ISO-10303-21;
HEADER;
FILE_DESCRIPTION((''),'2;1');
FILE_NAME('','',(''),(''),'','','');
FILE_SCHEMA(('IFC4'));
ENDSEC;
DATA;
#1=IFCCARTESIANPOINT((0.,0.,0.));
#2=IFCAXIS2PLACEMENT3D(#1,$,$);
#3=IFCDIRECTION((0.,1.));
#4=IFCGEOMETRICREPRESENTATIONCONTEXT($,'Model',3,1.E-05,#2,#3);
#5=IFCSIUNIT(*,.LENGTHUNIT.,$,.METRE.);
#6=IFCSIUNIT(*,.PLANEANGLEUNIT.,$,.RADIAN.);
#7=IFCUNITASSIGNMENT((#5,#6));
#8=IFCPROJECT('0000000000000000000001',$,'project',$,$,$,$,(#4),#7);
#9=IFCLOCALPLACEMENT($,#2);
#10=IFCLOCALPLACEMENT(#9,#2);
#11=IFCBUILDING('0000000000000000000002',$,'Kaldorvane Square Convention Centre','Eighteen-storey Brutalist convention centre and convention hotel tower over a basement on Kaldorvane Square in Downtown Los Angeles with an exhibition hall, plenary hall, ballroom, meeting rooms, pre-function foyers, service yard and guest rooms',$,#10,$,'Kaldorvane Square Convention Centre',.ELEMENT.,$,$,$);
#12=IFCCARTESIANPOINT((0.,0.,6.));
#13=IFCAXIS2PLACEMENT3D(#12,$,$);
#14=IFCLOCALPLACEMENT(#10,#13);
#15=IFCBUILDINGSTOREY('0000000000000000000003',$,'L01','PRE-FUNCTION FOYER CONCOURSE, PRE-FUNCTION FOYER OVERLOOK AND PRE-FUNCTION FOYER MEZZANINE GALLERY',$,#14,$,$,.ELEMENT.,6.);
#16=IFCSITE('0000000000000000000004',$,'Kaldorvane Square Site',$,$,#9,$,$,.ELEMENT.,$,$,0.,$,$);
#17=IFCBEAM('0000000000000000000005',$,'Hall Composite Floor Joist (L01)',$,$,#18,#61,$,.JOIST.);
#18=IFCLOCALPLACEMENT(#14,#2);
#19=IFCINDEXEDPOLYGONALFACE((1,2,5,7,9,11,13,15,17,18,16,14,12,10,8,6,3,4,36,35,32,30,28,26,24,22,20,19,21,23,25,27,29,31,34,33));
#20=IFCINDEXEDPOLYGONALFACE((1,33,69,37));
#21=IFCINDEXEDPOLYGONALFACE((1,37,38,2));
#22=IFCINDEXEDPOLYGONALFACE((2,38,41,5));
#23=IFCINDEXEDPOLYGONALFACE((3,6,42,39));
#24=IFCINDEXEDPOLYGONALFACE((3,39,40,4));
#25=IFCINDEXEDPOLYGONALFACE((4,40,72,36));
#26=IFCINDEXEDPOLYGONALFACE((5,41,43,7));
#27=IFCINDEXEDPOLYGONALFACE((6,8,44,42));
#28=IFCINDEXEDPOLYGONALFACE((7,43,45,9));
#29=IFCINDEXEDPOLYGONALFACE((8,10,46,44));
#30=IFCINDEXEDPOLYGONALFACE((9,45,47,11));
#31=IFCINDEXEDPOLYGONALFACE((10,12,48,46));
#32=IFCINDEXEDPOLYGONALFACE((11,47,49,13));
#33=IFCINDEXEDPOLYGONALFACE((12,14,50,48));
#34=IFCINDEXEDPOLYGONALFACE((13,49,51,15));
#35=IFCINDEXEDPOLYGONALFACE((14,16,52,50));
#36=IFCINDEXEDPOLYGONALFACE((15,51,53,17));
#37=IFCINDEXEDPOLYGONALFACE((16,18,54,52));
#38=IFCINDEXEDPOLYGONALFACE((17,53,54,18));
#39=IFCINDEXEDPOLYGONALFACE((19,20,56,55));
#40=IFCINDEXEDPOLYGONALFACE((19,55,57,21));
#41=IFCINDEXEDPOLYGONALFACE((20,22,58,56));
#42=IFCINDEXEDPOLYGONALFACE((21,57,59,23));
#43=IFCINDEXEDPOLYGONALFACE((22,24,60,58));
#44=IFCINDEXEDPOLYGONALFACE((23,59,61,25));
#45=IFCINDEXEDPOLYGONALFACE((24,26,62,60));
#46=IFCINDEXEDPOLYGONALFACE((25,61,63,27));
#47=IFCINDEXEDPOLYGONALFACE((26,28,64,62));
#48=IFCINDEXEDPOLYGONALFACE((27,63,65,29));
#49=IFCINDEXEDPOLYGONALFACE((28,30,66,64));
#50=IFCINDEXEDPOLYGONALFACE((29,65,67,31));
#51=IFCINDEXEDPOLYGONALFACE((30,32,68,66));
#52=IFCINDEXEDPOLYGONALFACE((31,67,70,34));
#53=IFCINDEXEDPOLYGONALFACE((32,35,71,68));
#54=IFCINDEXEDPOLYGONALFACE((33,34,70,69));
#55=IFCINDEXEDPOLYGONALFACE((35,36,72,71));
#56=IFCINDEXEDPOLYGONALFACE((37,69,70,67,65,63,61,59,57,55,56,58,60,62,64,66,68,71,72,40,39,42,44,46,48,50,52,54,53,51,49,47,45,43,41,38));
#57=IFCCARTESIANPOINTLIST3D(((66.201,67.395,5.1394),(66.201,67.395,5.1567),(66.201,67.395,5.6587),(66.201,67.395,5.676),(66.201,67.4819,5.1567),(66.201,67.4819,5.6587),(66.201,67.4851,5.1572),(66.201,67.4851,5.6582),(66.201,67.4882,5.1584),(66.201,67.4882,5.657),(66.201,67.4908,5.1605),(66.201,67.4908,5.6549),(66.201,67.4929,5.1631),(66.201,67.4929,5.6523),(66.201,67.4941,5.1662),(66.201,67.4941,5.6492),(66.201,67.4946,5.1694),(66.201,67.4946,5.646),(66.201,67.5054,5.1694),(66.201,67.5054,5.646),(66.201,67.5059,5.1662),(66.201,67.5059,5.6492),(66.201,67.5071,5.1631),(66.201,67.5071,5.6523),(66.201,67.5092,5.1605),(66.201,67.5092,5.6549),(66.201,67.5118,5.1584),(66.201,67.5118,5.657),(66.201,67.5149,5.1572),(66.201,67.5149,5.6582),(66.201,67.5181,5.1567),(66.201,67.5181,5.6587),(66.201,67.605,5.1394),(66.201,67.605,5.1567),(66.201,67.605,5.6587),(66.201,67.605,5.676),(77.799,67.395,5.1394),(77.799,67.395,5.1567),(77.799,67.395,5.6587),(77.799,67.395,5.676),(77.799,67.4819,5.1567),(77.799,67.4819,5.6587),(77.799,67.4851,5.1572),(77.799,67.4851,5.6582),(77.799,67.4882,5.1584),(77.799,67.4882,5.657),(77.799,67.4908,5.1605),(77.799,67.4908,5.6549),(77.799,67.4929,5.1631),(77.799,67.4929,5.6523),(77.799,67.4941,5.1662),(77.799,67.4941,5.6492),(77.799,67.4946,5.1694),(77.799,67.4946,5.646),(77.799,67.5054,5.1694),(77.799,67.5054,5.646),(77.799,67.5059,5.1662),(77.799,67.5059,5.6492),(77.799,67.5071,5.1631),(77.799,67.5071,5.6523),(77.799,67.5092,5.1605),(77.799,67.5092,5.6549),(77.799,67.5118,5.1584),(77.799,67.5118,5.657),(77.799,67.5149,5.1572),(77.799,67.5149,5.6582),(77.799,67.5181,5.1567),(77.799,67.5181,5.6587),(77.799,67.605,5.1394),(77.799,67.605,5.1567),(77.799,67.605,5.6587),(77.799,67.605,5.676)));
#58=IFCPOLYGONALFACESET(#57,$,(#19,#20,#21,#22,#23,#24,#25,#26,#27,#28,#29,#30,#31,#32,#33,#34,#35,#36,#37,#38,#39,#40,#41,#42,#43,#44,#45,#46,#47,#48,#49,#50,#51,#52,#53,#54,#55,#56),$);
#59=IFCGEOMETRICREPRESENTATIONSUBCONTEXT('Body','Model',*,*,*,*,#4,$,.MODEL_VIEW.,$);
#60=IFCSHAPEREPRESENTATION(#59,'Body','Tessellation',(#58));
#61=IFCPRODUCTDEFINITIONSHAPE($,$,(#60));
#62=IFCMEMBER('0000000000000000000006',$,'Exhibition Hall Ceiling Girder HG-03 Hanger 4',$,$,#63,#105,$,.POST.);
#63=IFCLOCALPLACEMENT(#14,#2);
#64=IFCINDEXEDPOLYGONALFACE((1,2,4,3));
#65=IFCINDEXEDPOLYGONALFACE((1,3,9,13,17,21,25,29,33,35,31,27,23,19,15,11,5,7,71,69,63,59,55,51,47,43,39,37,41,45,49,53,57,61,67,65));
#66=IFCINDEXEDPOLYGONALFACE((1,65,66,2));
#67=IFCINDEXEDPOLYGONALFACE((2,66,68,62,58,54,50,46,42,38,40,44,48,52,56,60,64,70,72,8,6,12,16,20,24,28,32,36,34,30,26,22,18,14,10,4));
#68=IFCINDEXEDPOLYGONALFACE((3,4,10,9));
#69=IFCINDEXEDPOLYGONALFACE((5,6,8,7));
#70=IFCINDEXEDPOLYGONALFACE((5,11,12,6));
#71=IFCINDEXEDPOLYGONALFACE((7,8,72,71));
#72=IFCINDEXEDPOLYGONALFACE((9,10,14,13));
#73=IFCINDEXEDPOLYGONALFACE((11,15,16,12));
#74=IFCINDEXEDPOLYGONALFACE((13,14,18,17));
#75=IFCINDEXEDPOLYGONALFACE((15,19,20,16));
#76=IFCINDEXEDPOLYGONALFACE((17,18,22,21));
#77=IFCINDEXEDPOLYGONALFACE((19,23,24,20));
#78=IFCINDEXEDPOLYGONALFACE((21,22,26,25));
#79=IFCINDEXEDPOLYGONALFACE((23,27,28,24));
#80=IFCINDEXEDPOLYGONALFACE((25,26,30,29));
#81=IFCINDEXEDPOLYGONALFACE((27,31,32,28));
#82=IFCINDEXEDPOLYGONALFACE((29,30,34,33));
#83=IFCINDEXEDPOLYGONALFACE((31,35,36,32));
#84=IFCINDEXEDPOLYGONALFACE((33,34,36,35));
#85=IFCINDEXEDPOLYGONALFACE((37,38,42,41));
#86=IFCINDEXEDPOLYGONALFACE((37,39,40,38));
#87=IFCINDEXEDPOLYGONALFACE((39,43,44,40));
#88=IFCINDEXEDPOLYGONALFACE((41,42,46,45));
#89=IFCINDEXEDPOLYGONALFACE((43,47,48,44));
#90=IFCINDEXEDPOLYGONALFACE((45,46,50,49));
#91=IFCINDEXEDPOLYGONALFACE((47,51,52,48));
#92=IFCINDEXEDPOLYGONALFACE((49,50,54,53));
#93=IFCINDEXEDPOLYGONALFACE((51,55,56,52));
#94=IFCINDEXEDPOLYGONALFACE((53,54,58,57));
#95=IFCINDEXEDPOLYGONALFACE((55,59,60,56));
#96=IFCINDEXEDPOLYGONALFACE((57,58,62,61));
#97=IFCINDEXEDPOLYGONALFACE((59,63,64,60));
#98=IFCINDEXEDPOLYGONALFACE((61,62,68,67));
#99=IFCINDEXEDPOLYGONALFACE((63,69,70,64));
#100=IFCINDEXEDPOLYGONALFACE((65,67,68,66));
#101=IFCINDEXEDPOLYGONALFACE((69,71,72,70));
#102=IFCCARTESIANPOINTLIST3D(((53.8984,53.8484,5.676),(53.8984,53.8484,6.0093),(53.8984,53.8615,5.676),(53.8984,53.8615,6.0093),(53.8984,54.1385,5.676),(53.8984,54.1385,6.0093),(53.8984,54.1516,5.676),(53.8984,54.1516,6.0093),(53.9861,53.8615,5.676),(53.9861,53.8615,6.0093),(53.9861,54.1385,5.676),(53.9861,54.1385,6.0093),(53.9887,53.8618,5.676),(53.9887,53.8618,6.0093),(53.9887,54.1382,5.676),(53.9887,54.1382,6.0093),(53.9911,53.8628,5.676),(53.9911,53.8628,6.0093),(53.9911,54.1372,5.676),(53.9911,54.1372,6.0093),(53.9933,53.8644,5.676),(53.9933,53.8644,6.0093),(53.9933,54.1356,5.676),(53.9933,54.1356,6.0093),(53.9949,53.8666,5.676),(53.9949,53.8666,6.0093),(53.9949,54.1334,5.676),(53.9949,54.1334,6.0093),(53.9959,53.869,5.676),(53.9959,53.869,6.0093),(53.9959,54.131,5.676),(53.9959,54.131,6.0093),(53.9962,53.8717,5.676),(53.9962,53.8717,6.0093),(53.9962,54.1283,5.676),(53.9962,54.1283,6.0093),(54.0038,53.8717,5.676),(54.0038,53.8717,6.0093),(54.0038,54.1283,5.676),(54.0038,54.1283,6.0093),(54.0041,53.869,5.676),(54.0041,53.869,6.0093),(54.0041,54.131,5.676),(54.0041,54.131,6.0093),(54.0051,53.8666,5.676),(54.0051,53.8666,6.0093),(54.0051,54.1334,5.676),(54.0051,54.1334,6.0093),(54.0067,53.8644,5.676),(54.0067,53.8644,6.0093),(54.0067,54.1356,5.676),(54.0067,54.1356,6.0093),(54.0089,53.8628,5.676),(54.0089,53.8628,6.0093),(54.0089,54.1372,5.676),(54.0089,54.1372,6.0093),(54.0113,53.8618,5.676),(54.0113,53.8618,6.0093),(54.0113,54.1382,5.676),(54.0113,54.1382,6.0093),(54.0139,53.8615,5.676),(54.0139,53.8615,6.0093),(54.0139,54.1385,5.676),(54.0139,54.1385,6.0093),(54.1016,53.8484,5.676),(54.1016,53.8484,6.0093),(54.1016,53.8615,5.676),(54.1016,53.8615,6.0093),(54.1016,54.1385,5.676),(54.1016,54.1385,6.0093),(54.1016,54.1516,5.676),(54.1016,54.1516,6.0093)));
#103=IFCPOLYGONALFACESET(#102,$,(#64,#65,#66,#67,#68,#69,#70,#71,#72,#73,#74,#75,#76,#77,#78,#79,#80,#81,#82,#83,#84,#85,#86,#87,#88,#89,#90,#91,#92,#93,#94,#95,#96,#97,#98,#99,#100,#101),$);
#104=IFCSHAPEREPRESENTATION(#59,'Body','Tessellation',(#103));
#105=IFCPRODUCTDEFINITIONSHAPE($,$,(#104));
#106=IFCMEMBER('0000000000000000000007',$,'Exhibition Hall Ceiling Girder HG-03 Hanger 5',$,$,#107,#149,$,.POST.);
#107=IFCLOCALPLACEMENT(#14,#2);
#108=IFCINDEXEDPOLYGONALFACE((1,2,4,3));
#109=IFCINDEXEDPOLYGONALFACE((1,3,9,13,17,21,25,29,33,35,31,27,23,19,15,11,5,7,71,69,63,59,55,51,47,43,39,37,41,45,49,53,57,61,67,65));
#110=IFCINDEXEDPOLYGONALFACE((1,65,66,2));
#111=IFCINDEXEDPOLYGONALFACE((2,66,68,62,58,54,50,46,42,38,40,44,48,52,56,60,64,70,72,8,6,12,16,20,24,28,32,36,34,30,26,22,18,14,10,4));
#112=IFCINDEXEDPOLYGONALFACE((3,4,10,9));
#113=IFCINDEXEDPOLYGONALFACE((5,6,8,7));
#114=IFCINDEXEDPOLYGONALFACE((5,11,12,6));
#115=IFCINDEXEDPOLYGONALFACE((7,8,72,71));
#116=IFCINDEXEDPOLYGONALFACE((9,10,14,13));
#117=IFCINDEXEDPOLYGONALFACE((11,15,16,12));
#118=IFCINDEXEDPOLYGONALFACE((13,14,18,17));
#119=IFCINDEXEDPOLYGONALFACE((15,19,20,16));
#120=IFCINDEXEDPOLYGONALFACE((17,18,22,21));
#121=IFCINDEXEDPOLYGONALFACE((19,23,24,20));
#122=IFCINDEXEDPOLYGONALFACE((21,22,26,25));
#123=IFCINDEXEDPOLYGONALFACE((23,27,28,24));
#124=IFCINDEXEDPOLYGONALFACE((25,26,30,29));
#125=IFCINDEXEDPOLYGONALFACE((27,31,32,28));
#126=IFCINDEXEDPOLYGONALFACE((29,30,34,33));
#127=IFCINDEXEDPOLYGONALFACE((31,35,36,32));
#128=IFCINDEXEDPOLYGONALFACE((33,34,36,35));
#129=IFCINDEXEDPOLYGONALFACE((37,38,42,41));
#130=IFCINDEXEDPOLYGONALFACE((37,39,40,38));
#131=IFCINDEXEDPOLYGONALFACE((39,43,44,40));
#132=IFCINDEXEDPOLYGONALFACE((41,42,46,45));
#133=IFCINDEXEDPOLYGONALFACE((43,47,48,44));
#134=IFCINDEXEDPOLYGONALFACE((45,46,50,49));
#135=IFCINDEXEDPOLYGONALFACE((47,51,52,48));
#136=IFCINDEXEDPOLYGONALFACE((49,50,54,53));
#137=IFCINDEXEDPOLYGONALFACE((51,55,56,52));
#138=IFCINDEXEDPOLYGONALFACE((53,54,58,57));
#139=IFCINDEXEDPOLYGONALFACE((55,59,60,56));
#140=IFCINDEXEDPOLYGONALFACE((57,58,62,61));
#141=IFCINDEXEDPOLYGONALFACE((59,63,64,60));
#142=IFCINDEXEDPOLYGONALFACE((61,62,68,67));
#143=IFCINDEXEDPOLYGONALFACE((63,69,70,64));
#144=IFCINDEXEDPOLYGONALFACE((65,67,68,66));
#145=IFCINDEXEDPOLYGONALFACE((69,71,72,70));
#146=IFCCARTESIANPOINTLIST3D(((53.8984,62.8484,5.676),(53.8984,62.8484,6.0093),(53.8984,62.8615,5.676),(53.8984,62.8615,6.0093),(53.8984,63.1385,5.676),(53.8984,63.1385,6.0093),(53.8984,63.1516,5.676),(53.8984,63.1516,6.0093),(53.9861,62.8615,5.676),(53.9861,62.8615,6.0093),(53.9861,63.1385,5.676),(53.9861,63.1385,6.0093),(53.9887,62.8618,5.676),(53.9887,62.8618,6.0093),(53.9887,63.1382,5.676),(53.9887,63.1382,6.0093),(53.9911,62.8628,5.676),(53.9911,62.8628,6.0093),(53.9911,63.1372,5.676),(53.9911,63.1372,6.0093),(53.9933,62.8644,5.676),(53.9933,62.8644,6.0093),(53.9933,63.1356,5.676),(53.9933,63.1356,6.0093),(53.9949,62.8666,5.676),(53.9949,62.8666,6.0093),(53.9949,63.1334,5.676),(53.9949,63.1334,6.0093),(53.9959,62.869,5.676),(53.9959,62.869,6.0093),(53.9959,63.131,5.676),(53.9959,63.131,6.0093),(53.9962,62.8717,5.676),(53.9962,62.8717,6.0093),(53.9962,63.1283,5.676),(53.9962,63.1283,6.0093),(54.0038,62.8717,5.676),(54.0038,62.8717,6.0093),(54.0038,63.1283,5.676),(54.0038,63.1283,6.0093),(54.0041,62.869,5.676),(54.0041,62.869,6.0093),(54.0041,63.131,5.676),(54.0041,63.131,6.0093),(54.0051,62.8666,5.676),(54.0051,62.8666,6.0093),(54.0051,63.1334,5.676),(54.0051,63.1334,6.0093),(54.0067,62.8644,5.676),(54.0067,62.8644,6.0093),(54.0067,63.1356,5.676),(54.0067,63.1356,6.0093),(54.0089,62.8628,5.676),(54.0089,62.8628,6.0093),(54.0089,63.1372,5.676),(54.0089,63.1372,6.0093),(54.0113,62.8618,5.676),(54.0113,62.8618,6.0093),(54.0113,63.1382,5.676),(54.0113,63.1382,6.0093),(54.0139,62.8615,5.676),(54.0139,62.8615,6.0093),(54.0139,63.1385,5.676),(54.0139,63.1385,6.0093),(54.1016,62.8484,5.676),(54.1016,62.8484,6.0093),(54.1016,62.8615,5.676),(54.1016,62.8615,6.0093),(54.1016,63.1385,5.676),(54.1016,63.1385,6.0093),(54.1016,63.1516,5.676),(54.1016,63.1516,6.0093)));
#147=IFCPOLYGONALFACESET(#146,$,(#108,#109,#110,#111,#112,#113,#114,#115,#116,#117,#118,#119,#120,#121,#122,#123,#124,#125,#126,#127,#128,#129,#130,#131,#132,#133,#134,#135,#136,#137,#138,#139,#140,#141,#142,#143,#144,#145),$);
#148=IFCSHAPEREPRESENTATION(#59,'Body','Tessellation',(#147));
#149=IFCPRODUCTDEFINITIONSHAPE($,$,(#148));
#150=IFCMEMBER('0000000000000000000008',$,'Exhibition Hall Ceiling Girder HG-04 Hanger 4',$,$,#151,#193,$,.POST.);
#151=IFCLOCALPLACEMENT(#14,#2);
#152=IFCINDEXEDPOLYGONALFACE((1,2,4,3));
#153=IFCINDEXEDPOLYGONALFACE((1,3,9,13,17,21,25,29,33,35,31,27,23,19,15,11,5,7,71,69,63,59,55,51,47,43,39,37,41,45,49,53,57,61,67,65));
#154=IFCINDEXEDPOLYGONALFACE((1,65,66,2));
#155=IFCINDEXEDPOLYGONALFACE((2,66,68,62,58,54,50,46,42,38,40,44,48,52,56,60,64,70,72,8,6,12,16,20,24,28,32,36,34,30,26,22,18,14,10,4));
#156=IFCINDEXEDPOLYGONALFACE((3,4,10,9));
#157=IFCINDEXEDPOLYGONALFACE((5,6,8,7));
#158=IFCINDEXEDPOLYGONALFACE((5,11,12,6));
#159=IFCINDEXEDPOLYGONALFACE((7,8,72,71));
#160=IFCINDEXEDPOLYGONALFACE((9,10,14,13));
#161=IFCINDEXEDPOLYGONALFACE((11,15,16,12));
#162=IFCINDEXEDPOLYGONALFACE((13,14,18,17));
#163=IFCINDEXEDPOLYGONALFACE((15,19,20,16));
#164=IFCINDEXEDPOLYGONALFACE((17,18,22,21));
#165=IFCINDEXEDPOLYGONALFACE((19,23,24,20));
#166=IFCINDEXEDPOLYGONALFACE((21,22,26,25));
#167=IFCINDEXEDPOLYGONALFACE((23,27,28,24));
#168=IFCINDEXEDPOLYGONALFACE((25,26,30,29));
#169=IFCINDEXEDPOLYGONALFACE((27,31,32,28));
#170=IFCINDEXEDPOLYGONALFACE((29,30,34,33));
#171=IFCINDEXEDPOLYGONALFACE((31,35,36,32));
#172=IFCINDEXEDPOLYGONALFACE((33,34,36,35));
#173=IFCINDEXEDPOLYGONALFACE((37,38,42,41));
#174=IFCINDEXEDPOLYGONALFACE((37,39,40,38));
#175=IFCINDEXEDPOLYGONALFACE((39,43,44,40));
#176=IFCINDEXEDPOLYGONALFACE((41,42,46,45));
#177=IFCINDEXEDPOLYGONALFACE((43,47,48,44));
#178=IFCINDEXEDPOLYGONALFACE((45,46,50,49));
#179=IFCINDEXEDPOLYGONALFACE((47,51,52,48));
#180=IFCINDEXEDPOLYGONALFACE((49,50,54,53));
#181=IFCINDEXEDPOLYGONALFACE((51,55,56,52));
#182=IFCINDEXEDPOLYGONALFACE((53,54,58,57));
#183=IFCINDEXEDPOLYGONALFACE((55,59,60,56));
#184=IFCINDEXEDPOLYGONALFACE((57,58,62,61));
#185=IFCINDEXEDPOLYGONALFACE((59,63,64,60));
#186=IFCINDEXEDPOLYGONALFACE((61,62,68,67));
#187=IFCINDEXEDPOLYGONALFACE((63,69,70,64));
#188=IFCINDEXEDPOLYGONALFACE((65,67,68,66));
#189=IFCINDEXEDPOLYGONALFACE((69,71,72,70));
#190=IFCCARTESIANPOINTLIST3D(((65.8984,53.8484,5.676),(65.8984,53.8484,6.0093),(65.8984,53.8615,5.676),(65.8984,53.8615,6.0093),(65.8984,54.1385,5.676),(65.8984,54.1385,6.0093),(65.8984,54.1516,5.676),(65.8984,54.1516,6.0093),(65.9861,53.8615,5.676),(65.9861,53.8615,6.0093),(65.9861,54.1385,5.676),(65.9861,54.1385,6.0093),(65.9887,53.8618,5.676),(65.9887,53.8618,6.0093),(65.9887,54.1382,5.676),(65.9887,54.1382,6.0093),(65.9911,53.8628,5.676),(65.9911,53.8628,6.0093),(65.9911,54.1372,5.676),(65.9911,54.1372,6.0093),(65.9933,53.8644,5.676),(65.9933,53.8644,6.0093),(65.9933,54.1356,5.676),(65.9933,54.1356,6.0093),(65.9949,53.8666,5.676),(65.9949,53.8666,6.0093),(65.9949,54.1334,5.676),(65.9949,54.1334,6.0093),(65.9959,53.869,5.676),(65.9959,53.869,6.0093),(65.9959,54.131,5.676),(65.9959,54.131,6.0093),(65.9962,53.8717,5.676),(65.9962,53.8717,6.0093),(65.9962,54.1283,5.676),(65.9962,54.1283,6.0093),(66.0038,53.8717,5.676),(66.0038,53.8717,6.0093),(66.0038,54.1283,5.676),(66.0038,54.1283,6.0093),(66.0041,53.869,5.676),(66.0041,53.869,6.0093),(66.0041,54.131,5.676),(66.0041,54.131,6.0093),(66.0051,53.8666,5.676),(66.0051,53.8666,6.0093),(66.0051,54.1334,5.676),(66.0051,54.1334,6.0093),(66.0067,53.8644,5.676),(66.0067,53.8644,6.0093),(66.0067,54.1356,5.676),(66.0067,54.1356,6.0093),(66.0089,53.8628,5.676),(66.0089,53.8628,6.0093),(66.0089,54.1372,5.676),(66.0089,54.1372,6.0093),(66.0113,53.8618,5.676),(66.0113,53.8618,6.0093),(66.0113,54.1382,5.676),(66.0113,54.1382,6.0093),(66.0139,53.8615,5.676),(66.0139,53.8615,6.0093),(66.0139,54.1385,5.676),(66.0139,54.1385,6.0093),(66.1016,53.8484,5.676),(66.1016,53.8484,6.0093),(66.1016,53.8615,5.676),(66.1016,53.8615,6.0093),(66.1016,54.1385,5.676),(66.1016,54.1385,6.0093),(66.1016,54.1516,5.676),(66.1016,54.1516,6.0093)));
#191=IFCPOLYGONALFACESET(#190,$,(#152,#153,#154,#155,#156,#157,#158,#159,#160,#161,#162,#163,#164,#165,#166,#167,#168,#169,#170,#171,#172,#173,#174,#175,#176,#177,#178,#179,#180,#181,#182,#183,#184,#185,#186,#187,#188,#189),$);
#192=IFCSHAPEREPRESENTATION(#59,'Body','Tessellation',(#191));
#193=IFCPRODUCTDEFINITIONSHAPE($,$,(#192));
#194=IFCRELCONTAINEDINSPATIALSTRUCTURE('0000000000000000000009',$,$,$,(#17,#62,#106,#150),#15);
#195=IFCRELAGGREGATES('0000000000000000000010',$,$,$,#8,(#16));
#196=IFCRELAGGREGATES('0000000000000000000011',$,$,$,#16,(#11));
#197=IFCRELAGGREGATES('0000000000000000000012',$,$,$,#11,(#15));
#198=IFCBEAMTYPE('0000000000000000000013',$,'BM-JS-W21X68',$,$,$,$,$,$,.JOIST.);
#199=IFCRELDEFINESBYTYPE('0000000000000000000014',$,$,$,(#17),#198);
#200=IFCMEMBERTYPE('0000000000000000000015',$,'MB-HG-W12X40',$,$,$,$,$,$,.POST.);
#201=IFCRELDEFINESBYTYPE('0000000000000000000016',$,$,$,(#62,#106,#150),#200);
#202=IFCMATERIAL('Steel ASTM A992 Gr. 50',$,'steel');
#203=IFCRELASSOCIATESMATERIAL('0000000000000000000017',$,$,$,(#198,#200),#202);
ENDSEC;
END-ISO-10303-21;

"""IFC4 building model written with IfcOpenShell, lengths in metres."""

from ifc_helpers import new_model, si_unit, direction, frame, origin, origin_2d, place, context, subcontext, project, spatial, i_section, extrude, material, material_profile, profile_set, type_object, element, save


model = new_model("IFC4")

# Units and contexts
model_context = context("Model", 3, precision=1e-05, world=origin(), true_north=direction((0.0, 1.0)))
body_context = subcontext(model_context, "Body", "Model", "MODEL_VIEW")
ifc_project = project(units=[si_unit("LENGTHUNIT", "METRE"), si_unit("PLANEANGLEUNIT", "RADIAN")], contexts=[model_context])

# Site, building, storey
site_placement = place(None, origin())
site = spatial("IfcSite", under=ifc_project, at=site_placement, Name="Kaldorvane Square Site", CompositionType="ELEMENT", RefElevation=0.0)
building_placement = place(site_placement, origin())
building = spatial("IfcBuilding", under=site, at=building_placement, Name="Kaldorvane Square Convention Centre", Description="Eighteen-storey Brutalist convention centre and convention hotel tower over a basement on Kaldorvane Square in Downtown Los Angeles with an exhibition hall, plenary hall, ballroom, meeting rooms, pre-function foyers, service yard and guest rooms", LongName="Kaldorvane Square Convention Centre", CompositionType="ELEMENT")
storey_placement = place(building_placement, frame((0.0, 0.0, 6.0)))
storey = spatial("IfcBuildingStorey", under=building, at=storey_placement, Name="L01", Description="PRE-FUNCTION FOYER CONCOURSE, PRE-FUNCTION FOYER OVERLOOK AND PRE-FUNCTION FOYER MEZZANINE GALLERY", CompositionType="ELEMENT", Elevation=6.0)

# Beam
ifc_material_1 = material(Name="Steel ASTM A992 Gr. 50", Category="steel")
ifc_material_profile_1 = material_profile(ifc_material_1, i_section(OverallWidth=0.2101, OverallDepth=0.5367, WebThickness=0.0109, FlangeThickness=0.0174, FilletRadius=0.0127, at=origin_2d()), Name="W21X68")
ifc_profile_set_1 = profile_set([ifc_material_profile_1], Name="Steel ASTM A992 Gr. 50")
beam_type_1 = type_object("IfcBeamType", Name="BM-JS-W21X68", PredefinedType="JOIST", material=ifc_profile_set_1)
for number, where, z_axis, x_axis, name in (
    (1, (66.201, 67.5, 5.4077), (1.0, 0.0, 0.0), (0.0, 1.0, 0.0), "Hall Composite Floor Joist (L01)"),
):
    element("IfcBeam", number, at=place(storey_placement, frame(where, z_axis=z_axis, x_axis=x_axis)), inside=storey, type_object=beam_type_1, Name=name, PredefinedType="JOIST", context=body_context, shape_type="SweptSolid", body=[
        extrude(i_section(OverallWidth=0.2101, OverallDepth=0.5367, WebThickness=0.0109, FlangeThickness=0.0174, FilletRadius=0.0127, at=origin_2d()), origin(), (0.0, 0.0, 1.0), 11.598),
    ])

# Members
ifc_material_profile_2 = material_profile(ifc_material_1, i_section(OverallWidth=0.2033, OverallDepth=0.3033, WebThickness=0.0075, FlangeThickness=0.0131, FilletRadius=0.0102, at=origin_2d()), Name="W12X40")
ifc_profile_set_2 = profile_set([ifc_material_profile_2], Name="Steel ASTM A992 Gr. 50")
member_type = type_object("IfcMemberType", Name="MB-HG-W12X40", PredefinedType="POST", material=ifc_profile_set_2)
for number, where, z_axis, x_axis, name in (
    (2, (54.0, 54.0, 5.676), (0.0, 0.0, 1.0), (1.0, 0.0, 0.0), "Exhibition Hall Ceiling Girder HG-03 Hanger 4"),
    (3, (54.0, 63.0, 5.676), (0.0, 0.0, 1.0), (1.0, 0.0, 0.0), "Exhibition Hall Ceiling Girder HG-03 Hanger 5"),
    (4, (66.0, 54.0, 5.676), (0.0, 0.0, 1.0), (1.0, 0.0, 0.0), "Exhibition Hall Ceiling Girder HG-04 Hanger 4"),
):
    element("IfcMember", number, at=place(storey_placement, frame(where, z_axis=z_axis, x_axis=x_axis)), inside=storey, type_object=member_type, Name=name, PredefinedType="POST", context=body_context, shape_type="SweptSolid", body=[
        extrude(i_section(OverallWidth=0.2033, OverallDepth=0.3033, WebThickness=0.0075, FlangeThickness=0.0131, FilletRadius=0.0102, at=origin_2d()), origin(), (0.0, 0.0, 1.0), 0.3333),
    ])

save(model, "model.ifc")
